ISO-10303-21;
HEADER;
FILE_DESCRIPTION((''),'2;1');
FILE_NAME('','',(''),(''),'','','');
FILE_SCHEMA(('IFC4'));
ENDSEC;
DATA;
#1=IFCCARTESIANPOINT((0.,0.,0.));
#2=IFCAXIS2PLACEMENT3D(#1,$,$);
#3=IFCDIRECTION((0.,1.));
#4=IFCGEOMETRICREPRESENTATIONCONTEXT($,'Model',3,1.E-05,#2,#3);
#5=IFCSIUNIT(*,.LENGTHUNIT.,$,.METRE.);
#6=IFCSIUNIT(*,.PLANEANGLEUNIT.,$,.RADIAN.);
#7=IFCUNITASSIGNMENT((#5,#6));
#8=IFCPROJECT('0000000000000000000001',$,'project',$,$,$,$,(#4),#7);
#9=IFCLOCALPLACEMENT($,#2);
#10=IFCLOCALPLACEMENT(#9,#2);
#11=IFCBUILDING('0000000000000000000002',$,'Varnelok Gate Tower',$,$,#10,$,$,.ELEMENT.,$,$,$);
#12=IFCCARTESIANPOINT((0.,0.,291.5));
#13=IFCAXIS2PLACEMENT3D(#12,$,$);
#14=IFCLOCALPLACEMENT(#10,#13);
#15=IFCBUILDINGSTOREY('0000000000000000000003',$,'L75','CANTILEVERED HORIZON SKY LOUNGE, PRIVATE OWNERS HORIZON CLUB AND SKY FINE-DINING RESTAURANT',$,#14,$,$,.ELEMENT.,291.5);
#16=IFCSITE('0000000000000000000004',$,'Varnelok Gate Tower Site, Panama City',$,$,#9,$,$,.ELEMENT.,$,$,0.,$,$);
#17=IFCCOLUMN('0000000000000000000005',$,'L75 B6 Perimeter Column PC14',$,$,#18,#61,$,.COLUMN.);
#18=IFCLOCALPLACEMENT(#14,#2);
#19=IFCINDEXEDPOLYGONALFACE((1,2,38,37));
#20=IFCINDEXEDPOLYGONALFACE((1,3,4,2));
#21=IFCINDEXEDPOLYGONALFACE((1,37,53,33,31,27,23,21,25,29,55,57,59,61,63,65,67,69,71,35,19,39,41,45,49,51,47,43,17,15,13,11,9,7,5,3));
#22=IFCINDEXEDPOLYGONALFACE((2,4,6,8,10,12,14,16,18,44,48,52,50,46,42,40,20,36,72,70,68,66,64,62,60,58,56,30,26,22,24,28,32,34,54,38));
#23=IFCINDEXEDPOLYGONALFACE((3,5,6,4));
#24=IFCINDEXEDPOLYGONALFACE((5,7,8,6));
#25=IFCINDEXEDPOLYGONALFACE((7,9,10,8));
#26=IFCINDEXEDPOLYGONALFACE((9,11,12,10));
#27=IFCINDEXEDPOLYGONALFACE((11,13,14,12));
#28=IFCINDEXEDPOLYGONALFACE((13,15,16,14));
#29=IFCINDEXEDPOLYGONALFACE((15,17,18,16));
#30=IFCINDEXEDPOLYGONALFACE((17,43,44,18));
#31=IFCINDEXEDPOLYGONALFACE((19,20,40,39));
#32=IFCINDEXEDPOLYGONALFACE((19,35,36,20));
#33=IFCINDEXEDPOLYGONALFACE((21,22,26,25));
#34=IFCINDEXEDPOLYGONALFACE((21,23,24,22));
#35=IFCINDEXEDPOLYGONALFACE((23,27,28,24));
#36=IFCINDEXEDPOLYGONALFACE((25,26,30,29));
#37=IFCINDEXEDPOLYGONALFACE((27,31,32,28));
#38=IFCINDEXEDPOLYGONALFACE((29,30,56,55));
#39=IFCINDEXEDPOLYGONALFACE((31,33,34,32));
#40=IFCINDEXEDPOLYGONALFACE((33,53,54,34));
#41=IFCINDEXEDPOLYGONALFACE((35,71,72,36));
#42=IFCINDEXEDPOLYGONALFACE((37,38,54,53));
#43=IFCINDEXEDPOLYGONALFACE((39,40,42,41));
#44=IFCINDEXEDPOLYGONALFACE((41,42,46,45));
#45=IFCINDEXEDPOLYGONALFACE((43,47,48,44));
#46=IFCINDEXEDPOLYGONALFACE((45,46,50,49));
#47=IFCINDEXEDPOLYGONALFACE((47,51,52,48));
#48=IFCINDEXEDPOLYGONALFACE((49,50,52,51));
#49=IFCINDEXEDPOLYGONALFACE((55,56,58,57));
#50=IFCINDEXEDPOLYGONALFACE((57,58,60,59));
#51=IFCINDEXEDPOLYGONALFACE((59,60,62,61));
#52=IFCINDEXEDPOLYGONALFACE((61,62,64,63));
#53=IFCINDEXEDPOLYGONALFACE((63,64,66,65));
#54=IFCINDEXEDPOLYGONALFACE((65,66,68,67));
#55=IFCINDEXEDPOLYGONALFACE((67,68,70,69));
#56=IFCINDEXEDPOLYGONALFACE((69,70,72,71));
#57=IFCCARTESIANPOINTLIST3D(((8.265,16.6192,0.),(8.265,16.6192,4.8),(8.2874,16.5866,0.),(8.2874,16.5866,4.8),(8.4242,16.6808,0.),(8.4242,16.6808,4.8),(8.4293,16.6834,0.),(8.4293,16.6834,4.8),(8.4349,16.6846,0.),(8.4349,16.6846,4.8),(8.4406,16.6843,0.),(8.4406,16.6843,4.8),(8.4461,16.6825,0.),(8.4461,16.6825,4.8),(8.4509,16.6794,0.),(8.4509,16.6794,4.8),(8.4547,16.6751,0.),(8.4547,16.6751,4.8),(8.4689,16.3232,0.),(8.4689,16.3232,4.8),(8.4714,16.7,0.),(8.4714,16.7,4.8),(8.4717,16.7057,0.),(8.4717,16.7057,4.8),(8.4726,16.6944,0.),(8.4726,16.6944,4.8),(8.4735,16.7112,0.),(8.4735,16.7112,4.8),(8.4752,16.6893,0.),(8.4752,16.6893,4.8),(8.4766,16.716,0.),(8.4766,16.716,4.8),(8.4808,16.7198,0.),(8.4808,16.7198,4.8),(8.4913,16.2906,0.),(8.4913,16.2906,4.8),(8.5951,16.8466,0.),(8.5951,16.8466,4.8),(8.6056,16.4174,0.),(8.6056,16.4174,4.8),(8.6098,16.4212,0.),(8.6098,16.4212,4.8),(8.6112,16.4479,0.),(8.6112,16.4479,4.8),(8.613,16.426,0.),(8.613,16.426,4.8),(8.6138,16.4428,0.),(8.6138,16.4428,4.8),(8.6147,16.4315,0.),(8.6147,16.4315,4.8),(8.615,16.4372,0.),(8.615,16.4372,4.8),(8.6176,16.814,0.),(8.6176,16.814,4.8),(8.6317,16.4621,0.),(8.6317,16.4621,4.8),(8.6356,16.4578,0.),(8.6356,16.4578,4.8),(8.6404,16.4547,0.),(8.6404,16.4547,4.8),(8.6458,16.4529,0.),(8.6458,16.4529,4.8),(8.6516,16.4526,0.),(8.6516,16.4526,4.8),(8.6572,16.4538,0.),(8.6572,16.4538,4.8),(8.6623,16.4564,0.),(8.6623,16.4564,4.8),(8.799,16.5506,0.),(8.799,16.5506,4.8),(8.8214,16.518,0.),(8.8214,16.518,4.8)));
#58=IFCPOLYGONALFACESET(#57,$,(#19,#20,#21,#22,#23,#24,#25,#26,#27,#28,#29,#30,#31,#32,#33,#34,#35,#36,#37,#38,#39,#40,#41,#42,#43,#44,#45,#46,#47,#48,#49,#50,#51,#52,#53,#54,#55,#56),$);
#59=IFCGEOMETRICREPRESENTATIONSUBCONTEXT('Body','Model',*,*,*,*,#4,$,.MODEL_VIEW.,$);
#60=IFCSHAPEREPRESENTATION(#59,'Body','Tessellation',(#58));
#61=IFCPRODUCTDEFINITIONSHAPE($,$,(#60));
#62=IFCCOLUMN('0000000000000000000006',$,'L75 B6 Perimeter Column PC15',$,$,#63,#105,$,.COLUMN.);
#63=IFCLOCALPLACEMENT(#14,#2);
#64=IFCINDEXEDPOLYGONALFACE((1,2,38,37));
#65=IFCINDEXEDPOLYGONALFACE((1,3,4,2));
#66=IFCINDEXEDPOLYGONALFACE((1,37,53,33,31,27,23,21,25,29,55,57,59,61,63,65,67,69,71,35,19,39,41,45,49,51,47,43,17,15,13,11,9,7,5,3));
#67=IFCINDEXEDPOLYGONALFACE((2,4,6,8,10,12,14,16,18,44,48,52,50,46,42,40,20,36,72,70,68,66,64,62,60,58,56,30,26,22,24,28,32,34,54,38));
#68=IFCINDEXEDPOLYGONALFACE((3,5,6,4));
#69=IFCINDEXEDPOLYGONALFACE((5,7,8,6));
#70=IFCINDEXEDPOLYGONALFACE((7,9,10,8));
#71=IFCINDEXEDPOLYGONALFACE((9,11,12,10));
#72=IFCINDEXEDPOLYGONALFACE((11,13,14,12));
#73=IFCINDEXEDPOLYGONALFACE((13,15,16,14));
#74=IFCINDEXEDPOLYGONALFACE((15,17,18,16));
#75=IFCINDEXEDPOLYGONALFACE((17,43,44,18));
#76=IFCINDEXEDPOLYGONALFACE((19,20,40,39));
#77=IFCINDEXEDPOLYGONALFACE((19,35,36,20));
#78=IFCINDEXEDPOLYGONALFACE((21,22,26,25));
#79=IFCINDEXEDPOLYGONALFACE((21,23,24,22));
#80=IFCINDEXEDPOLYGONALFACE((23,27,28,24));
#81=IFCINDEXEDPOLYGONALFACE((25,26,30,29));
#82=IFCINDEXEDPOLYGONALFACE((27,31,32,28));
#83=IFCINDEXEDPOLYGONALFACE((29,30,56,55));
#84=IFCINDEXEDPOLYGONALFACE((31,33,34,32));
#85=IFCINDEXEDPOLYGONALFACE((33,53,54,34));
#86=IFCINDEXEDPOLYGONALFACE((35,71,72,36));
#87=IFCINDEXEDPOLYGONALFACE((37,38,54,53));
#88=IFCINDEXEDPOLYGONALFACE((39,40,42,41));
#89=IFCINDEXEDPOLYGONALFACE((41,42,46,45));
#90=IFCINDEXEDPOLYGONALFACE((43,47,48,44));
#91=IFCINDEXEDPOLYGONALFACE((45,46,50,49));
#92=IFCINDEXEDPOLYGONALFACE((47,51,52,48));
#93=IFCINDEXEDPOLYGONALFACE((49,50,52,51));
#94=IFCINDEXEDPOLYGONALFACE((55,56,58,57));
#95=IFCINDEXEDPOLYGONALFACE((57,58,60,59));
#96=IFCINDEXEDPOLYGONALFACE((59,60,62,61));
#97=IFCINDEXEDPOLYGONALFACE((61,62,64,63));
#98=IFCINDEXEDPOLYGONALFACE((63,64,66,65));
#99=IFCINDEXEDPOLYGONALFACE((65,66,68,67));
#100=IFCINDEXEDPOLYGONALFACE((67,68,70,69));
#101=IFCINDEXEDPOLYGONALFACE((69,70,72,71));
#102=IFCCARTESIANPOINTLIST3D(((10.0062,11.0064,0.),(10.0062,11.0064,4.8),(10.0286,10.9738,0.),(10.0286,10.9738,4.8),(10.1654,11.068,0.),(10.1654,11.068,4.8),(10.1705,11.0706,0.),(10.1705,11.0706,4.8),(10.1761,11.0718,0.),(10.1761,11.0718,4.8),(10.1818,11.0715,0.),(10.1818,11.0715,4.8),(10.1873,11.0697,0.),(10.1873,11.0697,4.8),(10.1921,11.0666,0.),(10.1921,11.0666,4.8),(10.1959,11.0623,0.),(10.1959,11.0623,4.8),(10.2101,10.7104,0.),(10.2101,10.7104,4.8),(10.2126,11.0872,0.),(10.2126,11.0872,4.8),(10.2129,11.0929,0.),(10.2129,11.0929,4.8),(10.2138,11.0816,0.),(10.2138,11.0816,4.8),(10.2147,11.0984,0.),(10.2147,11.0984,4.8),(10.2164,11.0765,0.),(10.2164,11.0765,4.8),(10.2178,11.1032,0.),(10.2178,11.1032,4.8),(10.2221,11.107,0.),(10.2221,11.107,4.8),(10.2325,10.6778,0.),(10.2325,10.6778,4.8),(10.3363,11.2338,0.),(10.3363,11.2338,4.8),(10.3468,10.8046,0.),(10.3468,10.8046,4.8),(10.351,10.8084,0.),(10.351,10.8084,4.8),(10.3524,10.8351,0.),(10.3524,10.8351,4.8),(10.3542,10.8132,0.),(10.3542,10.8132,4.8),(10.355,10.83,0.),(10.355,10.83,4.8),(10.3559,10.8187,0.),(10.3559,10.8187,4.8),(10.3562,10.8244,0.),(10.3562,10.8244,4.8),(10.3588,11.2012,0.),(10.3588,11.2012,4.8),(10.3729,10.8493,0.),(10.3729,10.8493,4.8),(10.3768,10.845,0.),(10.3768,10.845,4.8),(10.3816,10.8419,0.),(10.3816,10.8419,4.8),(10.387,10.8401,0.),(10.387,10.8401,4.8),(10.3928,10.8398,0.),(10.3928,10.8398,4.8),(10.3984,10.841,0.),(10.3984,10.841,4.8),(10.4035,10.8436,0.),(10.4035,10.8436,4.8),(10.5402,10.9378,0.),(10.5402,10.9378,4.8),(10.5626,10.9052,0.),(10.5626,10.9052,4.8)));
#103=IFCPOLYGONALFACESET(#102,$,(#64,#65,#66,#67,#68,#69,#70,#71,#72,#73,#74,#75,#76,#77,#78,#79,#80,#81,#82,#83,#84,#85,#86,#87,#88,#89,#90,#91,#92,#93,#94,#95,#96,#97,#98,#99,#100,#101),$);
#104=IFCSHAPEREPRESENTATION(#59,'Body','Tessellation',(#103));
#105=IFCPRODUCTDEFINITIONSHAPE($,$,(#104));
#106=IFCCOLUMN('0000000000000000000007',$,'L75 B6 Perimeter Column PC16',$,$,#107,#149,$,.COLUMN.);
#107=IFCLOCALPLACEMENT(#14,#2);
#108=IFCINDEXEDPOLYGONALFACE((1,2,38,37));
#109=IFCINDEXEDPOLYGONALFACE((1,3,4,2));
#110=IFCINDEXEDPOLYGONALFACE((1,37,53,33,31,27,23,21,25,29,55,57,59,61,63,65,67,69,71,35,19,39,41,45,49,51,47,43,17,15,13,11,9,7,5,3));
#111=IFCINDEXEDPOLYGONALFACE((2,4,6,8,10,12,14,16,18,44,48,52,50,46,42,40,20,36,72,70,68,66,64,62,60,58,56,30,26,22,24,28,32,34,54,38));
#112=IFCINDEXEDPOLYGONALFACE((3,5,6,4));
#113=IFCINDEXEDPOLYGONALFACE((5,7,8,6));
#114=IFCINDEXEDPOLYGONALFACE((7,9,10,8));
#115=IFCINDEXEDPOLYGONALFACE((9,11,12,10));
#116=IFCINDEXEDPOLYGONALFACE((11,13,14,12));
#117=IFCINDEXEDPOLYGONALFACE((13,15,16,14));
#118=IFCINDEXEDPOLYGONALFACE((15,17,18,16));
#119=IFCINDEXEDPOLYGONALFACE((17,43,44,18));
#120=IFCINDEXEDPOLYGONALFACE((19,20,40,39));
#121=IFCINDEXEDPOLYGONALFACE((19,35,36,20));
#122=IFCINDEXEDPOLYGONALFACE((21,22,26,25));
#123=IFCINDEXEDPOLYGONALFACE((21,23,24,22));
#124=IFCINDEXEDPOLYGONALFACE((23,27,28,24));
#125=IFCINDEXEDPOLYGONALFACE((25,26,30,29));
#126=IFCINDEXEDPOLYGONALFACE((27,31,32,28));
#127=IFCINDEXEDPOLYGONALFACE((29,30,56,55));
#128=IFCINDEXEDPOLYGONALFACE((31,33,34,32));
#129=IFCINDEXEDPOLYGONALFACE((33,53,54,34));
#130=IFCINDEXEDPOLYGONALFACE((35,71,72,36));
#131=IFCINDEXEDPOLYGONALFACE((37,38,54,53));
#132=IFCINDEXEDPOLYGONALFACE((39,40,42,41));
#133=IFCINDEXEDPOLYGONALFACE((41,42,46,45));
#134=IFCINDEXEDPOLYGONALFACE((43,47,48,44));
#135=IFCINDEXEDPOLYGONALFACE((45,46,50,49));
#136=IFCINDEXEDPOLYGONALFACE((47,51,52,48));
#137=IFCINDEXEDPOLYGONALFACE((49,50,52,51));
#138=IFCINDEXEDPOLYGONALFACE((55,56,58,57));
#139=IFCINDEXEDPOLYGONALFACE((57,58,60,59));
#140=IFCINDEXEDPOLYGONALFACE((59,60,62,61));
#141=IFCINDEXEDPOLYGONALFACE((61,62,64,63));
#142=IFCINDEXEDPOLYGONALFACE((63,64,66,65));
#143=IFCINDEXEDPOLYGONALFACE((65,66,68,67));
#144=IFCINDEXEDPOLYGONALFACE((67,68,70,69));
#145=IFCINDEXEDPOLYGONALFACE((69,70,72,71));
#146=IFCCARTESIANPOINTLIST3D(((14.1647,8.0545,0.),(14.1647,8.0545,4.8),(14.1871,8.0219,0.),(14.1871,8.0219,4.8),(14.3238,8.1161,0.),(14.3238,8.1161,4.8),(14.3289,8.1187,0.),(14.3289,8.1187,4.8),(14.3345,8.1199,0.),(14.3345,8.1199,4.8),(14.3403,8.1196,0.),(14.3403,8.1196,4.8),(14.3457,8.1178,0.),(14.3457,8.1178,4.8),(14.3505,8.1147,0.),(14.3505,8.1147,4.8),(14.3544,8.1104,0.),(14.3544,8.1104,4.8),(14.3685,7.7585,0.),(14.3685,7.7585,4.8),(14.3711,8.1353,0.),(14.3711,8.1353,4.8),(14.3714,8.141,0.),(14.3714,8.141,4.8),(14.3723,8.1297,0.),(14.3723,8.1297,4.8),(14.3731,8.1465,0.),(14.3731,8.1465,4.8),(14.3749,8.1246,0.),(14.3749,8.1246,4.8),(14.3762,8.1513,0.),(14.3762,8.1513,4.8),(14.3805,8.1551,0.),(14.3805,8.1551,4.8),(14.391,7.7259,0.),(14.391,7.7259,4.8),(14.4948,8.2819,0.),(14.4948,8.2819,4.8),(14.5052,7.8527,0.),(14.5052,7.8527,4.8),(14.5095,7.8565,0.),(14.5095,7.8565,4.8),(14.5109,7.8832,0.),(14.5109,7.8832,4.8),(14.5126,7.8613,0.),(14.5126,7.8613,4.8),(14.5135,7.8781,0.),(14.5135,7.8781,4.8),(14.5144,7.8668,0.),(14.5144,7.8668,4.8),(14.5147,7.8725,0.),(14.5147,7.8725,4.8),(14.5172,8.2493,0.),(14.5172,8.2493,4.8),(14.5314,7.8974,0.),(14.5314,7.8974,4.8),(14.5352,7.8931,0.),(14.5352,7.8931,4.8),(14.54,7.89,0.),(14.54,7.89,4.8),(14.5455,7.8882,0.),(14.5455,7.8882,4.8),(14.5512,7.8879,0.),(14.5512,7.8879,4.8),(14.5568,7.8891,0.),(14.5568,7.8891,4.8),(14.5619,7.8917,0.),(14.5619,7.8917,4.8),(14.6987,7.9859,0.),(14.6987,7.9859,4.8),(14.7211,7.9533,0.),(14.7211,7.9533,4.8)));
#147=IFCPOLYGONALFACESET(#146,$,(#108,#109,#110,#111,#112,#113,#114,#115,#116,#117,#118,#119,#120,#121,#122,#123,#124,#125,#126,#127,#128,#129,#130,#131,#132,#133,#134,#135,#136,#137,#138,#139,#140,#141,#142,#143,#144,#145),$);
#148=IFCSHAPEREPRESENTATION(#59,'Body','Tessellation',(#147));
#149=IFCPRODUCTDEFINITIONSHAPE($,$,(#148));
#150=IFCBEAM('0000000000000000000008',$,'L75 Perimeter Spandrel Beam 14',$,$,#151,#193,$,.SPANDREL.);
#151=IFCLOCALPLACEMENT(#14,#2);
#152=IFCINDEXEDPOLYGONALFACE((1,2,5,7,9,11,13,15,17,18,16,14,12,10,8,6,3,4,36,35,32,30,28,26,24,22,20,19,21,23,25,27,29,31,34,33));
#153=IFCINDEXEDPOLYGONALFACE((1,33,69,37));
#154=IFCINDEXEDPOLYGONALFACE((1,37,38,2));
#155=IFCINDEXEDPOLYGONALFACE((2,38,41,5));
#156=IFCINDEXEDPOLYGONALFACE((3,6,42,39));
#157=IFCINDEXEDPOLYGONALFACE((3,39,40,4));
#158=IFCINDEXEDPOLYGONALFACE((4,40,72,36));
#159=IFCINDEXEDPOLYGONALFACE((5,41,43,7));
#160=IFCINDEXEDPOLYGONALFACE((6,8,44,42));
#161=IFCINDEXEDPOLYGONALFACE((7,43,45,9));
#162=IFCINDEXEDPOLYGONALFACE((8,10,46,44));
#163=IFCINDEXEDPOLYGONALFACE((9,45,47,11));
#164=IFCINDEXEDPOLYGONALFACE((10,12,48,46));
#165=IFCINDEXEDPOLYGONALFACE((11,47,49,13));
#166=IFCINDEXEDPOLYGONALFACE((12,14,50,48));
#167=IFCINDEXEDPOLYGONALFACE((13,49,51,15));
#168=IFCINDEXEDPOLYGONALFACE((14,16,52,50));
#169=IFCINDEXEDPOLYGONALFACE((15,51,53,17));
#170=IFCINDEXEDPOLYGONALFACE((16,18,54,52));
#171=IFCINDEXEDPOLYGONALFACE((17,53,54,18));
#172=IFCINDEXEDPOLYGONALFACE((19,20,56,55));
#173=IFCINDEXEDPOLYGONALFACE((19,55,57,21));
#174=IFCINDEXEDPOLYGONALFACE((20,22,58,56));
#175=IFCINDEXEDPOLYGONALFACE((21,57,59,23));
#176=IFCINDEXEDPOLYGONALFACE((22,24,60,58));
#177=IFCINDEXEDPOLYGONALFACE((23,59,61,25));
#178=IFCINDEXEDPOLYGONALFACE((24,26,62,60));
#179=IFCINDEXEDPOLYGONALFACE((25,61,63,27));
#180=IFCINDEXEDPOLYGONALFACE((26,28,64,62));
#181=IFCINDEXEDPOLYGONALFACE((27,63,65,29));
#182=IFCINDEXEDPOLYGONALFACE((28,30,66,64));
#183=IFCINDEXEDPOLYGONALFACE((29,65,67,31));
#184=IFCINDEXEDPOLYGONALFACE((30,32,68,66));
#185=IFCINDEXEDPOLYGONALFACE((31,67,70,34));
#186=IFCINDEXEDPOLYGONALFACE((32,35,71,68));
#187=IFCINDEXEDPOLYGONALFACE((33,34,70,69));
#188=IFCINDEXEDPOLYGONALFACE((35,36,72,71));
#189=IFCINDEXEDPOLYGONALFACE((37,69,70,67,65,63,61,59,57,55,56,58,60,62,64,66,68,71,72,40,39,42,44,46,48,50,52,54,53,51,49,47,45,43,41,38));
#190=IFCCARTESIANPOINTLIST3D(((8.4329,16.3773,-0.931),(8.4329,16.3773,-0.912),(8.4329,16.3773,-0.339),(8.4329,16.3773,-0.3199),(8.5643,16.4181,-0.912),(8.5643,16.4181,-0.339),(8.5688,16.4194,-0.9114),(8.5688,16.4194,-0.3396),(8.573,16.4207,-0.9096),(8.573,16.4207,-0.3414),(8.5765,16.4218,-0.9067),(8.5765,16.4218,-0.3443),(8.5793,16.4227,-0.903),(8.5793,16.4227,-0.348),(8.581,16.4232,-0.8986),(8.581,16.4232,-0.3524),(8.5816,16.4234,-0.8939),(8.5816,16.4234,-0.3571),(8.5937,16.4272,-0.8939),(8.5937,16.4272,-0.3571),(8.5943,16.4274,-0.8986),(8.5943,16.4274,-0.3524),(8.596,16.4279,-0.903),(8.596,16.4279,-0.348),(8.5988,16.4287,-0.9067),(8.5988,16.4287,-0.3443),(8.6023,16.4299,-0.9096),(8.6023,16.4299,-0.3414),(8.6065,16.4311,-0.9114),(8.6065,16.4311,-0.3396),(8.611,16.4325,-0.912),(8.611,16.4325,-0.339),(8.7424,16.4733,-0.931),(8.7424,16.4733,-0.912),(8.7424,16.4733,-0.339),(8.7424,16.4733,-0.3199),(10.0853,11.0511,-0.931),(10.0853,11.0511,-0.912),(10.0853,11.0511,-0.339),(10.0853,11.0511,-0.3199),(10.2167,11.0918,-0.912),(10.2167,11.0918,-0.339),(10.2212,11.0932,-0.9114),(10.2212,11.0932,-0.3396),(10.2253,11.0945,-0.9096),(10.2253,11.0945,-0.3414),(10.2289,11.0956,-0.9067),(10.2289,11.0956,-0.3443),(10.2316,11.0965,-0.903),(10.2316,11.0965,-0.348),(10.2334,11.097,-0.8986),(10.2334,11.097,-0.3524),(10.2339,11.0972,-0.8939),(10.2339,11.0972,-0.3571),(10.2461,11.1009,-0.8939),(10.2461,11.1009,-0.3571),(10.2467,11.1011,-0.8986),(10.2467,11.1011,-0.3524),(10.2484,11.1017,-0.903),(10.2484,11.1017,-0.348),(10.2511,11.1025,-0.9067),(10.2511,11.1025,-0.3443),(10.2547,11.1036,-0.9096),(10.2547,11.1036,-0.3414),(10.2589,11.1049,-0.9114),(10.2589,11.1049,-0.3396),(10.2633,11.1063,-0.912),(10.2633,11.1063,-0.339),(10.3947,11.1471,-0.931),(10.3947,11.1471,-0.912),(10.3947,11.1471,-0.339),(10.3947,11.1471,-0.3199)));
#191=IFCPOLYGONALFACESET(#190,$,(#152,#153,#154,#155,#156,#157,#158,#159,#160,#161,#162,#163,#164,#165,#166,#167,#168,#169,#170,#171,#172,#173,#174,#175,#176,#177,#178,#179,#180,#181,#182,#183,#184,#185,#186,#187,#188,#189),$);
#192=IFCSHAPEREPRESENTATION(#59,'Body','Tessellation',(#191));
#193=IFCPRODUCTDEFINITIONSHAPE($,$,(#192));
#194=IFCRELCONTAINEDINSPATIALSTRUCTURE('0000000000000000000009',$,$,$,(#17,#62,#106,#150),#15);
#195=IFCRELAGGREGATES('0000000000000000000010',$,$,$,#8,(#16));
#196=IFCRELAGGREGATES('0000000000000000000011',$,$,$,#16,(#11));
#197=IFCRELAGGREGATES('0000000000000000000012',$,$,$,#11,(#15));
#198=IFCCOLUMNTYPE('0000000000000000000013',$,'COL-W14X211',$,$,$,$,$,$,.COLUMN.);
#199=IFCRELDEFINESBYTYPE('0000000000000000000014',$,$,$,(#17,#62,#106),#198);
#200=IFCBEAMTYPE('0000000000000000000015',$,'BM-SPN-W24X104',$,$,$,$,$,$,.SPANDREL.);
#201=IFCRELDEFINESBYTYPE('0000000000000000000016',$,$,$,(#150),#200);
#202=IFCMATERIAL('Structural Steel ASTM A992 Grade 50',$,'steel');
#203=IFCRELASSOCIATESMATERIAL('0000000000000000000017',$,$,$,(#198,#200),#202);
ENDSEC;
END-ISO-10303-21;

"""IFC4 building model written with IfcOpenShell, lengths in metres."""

from ifc_helpers import new_model, si_unit, direction, frame, origin, origin_2d, place, context, subcontext, project, spatial, i_section, extrude, material, material_profile, profile_set, type_object, element, save


model = new_model("IFC4")

# Units and contexts
model_context = context("Model", 3, precision=1e-05, world=origin(), true_north=direction((0.0, 1.0)))
body_context = subcontext(model_context, "Body", "Model", "MODEL_VIEW")
ifc_project = project(units=[si_unit("LENGTHUNIT", "METRE"), si_unit("PLANEANGLEUNIT", "RADIAN")], contexts=[model_context])

# Site, building, storey
site_placement = place(None, origin())
site = spatial("IfcSite", under=ifc_project, at=site_placement, Name="Varnelok Gate Tower Site, Panama City", CompositionType="ELEMENT", RefElevation=0.0)
building_placement = place(site_placement, origin())
building = spatial("IfcBuilding", under=site, at=building_placement, Name="Varnelok Gate Tower", CompositionType="ELEMENT")
storey_placement = place(building_placement, frame((0.0, 0.0, 291.5)))
storey = spatial("IfcBuildingStorey", under=building, at=storey_placement, Name="L75", Description="CANTILEVERED HORIZON SKY LOUNGE, PRIVATE OWNERS HORIZON CLUB AND SKY FINE-DINING RESTAURANT", CompositionType="ELEMENT", Elevation=291.5)

# Columns
ifc_material_1 = material(Name="Structural Steel ASTM A992 Grade 50", Category="steel")
ifc_material_profile_1 = material_profile(ifc_material_1, i_section(OverallWidth=0.4009, OverallDepth=0.3989, WebThickness=0.0249, FlangeThickness=0.0396, FilletRadius=0.022, at=origin_2d()), Name="W14X211")
ifc_profile_set_1 = profile_set([ifc_material_profile_1], Name="Structural Steel ASTM A992 Grade 50")
column_type = type_object("IfcColumnType", Name="COL-W14X211", PredefinedType="COLUMN", material=ifc_profile_set_1)
for number, where, z_axis, x_axis, name in (
    (1, (8.5432, 16.5686, 0.0), (0.0, 0.0, 1.0), (0.823533, 0.567269, 0.0), "L75 B6 Perimeter Column PC14"),
    (2, (10.2844, 10.9558, 0.0), (0.0, 0.0, 1.0), (0.823533, 0.567269, 0.0), "L75 B6 Perimeter Column PC15"),
    (3, (14.4429, 8.0039, 0.0), (0.0, 0.0, 1.0), (0.823533, 0.567269, 0.0), "L75 B6 Perimeter Column PC16"),
):
    element("IfcColumn", number, at=place(storey_placement, frame(where, z_axis=z_axis, x_axis=x_axis)), inside=storey, type_object=column_type, Name=name, PredefinedType="COLUMN", context=body_context, shape_type="SweptSolid", body=[
        extrude(i_section(OverallWidth=0.4009, OverallDepth=0.3989, WebThickness=0.0249, FlangeThickness=0.0396, FilletRadius=0.022, at=origin_2d()), origin(), (0.0, 0.0, 1.0), 4.8),
    ])

# Beam
ifc_material_profile_2 = material_profile(ifc_material_1, i_section(OverallWidth=0.324, OverallDepth=0.6111, WebThickness=0.0127, FlangeThickness=0.019, FilletRadius=0.0181, at=origin_2d()), Name="W24X104")
ifc_profile_set_2 = profile_set([ifc_material_profile_2], Name="Structural Steel ASTM A992 Grade 50")
beam_type = type_object("IfcBeamType", Name="BM-SPN-W24X104", PredefinedType="SPANDREL", material=ifc_profile_set_2)
beam_1_placement = place(storey_placement, frame((8.5876, 16.4253, -0.6255), z_axis=(0.2963, -0.955095, 0.0), x_axis=(0.955095, 0.2963, 0.0)))
element("IfcBeam", 4, at=beam_1_placement, inside=storey, type_object=beam_type, Name="L75 Perimeter Spandrel Beam 14", PredefinedType="SPANDREL", context=body_context, shape_type="SweptSolid", body=[
    extrude(i_section(OverallWidth=0.324, OverallDepth=0.6111, WebThickness=0.0127, FlangeThickness=0.019, FilletRadius=0.0181, at=origin_2d()), origin(), (0.0, 0.0, 1.0), 5.5767),
])

save(model, "model.ifc")
